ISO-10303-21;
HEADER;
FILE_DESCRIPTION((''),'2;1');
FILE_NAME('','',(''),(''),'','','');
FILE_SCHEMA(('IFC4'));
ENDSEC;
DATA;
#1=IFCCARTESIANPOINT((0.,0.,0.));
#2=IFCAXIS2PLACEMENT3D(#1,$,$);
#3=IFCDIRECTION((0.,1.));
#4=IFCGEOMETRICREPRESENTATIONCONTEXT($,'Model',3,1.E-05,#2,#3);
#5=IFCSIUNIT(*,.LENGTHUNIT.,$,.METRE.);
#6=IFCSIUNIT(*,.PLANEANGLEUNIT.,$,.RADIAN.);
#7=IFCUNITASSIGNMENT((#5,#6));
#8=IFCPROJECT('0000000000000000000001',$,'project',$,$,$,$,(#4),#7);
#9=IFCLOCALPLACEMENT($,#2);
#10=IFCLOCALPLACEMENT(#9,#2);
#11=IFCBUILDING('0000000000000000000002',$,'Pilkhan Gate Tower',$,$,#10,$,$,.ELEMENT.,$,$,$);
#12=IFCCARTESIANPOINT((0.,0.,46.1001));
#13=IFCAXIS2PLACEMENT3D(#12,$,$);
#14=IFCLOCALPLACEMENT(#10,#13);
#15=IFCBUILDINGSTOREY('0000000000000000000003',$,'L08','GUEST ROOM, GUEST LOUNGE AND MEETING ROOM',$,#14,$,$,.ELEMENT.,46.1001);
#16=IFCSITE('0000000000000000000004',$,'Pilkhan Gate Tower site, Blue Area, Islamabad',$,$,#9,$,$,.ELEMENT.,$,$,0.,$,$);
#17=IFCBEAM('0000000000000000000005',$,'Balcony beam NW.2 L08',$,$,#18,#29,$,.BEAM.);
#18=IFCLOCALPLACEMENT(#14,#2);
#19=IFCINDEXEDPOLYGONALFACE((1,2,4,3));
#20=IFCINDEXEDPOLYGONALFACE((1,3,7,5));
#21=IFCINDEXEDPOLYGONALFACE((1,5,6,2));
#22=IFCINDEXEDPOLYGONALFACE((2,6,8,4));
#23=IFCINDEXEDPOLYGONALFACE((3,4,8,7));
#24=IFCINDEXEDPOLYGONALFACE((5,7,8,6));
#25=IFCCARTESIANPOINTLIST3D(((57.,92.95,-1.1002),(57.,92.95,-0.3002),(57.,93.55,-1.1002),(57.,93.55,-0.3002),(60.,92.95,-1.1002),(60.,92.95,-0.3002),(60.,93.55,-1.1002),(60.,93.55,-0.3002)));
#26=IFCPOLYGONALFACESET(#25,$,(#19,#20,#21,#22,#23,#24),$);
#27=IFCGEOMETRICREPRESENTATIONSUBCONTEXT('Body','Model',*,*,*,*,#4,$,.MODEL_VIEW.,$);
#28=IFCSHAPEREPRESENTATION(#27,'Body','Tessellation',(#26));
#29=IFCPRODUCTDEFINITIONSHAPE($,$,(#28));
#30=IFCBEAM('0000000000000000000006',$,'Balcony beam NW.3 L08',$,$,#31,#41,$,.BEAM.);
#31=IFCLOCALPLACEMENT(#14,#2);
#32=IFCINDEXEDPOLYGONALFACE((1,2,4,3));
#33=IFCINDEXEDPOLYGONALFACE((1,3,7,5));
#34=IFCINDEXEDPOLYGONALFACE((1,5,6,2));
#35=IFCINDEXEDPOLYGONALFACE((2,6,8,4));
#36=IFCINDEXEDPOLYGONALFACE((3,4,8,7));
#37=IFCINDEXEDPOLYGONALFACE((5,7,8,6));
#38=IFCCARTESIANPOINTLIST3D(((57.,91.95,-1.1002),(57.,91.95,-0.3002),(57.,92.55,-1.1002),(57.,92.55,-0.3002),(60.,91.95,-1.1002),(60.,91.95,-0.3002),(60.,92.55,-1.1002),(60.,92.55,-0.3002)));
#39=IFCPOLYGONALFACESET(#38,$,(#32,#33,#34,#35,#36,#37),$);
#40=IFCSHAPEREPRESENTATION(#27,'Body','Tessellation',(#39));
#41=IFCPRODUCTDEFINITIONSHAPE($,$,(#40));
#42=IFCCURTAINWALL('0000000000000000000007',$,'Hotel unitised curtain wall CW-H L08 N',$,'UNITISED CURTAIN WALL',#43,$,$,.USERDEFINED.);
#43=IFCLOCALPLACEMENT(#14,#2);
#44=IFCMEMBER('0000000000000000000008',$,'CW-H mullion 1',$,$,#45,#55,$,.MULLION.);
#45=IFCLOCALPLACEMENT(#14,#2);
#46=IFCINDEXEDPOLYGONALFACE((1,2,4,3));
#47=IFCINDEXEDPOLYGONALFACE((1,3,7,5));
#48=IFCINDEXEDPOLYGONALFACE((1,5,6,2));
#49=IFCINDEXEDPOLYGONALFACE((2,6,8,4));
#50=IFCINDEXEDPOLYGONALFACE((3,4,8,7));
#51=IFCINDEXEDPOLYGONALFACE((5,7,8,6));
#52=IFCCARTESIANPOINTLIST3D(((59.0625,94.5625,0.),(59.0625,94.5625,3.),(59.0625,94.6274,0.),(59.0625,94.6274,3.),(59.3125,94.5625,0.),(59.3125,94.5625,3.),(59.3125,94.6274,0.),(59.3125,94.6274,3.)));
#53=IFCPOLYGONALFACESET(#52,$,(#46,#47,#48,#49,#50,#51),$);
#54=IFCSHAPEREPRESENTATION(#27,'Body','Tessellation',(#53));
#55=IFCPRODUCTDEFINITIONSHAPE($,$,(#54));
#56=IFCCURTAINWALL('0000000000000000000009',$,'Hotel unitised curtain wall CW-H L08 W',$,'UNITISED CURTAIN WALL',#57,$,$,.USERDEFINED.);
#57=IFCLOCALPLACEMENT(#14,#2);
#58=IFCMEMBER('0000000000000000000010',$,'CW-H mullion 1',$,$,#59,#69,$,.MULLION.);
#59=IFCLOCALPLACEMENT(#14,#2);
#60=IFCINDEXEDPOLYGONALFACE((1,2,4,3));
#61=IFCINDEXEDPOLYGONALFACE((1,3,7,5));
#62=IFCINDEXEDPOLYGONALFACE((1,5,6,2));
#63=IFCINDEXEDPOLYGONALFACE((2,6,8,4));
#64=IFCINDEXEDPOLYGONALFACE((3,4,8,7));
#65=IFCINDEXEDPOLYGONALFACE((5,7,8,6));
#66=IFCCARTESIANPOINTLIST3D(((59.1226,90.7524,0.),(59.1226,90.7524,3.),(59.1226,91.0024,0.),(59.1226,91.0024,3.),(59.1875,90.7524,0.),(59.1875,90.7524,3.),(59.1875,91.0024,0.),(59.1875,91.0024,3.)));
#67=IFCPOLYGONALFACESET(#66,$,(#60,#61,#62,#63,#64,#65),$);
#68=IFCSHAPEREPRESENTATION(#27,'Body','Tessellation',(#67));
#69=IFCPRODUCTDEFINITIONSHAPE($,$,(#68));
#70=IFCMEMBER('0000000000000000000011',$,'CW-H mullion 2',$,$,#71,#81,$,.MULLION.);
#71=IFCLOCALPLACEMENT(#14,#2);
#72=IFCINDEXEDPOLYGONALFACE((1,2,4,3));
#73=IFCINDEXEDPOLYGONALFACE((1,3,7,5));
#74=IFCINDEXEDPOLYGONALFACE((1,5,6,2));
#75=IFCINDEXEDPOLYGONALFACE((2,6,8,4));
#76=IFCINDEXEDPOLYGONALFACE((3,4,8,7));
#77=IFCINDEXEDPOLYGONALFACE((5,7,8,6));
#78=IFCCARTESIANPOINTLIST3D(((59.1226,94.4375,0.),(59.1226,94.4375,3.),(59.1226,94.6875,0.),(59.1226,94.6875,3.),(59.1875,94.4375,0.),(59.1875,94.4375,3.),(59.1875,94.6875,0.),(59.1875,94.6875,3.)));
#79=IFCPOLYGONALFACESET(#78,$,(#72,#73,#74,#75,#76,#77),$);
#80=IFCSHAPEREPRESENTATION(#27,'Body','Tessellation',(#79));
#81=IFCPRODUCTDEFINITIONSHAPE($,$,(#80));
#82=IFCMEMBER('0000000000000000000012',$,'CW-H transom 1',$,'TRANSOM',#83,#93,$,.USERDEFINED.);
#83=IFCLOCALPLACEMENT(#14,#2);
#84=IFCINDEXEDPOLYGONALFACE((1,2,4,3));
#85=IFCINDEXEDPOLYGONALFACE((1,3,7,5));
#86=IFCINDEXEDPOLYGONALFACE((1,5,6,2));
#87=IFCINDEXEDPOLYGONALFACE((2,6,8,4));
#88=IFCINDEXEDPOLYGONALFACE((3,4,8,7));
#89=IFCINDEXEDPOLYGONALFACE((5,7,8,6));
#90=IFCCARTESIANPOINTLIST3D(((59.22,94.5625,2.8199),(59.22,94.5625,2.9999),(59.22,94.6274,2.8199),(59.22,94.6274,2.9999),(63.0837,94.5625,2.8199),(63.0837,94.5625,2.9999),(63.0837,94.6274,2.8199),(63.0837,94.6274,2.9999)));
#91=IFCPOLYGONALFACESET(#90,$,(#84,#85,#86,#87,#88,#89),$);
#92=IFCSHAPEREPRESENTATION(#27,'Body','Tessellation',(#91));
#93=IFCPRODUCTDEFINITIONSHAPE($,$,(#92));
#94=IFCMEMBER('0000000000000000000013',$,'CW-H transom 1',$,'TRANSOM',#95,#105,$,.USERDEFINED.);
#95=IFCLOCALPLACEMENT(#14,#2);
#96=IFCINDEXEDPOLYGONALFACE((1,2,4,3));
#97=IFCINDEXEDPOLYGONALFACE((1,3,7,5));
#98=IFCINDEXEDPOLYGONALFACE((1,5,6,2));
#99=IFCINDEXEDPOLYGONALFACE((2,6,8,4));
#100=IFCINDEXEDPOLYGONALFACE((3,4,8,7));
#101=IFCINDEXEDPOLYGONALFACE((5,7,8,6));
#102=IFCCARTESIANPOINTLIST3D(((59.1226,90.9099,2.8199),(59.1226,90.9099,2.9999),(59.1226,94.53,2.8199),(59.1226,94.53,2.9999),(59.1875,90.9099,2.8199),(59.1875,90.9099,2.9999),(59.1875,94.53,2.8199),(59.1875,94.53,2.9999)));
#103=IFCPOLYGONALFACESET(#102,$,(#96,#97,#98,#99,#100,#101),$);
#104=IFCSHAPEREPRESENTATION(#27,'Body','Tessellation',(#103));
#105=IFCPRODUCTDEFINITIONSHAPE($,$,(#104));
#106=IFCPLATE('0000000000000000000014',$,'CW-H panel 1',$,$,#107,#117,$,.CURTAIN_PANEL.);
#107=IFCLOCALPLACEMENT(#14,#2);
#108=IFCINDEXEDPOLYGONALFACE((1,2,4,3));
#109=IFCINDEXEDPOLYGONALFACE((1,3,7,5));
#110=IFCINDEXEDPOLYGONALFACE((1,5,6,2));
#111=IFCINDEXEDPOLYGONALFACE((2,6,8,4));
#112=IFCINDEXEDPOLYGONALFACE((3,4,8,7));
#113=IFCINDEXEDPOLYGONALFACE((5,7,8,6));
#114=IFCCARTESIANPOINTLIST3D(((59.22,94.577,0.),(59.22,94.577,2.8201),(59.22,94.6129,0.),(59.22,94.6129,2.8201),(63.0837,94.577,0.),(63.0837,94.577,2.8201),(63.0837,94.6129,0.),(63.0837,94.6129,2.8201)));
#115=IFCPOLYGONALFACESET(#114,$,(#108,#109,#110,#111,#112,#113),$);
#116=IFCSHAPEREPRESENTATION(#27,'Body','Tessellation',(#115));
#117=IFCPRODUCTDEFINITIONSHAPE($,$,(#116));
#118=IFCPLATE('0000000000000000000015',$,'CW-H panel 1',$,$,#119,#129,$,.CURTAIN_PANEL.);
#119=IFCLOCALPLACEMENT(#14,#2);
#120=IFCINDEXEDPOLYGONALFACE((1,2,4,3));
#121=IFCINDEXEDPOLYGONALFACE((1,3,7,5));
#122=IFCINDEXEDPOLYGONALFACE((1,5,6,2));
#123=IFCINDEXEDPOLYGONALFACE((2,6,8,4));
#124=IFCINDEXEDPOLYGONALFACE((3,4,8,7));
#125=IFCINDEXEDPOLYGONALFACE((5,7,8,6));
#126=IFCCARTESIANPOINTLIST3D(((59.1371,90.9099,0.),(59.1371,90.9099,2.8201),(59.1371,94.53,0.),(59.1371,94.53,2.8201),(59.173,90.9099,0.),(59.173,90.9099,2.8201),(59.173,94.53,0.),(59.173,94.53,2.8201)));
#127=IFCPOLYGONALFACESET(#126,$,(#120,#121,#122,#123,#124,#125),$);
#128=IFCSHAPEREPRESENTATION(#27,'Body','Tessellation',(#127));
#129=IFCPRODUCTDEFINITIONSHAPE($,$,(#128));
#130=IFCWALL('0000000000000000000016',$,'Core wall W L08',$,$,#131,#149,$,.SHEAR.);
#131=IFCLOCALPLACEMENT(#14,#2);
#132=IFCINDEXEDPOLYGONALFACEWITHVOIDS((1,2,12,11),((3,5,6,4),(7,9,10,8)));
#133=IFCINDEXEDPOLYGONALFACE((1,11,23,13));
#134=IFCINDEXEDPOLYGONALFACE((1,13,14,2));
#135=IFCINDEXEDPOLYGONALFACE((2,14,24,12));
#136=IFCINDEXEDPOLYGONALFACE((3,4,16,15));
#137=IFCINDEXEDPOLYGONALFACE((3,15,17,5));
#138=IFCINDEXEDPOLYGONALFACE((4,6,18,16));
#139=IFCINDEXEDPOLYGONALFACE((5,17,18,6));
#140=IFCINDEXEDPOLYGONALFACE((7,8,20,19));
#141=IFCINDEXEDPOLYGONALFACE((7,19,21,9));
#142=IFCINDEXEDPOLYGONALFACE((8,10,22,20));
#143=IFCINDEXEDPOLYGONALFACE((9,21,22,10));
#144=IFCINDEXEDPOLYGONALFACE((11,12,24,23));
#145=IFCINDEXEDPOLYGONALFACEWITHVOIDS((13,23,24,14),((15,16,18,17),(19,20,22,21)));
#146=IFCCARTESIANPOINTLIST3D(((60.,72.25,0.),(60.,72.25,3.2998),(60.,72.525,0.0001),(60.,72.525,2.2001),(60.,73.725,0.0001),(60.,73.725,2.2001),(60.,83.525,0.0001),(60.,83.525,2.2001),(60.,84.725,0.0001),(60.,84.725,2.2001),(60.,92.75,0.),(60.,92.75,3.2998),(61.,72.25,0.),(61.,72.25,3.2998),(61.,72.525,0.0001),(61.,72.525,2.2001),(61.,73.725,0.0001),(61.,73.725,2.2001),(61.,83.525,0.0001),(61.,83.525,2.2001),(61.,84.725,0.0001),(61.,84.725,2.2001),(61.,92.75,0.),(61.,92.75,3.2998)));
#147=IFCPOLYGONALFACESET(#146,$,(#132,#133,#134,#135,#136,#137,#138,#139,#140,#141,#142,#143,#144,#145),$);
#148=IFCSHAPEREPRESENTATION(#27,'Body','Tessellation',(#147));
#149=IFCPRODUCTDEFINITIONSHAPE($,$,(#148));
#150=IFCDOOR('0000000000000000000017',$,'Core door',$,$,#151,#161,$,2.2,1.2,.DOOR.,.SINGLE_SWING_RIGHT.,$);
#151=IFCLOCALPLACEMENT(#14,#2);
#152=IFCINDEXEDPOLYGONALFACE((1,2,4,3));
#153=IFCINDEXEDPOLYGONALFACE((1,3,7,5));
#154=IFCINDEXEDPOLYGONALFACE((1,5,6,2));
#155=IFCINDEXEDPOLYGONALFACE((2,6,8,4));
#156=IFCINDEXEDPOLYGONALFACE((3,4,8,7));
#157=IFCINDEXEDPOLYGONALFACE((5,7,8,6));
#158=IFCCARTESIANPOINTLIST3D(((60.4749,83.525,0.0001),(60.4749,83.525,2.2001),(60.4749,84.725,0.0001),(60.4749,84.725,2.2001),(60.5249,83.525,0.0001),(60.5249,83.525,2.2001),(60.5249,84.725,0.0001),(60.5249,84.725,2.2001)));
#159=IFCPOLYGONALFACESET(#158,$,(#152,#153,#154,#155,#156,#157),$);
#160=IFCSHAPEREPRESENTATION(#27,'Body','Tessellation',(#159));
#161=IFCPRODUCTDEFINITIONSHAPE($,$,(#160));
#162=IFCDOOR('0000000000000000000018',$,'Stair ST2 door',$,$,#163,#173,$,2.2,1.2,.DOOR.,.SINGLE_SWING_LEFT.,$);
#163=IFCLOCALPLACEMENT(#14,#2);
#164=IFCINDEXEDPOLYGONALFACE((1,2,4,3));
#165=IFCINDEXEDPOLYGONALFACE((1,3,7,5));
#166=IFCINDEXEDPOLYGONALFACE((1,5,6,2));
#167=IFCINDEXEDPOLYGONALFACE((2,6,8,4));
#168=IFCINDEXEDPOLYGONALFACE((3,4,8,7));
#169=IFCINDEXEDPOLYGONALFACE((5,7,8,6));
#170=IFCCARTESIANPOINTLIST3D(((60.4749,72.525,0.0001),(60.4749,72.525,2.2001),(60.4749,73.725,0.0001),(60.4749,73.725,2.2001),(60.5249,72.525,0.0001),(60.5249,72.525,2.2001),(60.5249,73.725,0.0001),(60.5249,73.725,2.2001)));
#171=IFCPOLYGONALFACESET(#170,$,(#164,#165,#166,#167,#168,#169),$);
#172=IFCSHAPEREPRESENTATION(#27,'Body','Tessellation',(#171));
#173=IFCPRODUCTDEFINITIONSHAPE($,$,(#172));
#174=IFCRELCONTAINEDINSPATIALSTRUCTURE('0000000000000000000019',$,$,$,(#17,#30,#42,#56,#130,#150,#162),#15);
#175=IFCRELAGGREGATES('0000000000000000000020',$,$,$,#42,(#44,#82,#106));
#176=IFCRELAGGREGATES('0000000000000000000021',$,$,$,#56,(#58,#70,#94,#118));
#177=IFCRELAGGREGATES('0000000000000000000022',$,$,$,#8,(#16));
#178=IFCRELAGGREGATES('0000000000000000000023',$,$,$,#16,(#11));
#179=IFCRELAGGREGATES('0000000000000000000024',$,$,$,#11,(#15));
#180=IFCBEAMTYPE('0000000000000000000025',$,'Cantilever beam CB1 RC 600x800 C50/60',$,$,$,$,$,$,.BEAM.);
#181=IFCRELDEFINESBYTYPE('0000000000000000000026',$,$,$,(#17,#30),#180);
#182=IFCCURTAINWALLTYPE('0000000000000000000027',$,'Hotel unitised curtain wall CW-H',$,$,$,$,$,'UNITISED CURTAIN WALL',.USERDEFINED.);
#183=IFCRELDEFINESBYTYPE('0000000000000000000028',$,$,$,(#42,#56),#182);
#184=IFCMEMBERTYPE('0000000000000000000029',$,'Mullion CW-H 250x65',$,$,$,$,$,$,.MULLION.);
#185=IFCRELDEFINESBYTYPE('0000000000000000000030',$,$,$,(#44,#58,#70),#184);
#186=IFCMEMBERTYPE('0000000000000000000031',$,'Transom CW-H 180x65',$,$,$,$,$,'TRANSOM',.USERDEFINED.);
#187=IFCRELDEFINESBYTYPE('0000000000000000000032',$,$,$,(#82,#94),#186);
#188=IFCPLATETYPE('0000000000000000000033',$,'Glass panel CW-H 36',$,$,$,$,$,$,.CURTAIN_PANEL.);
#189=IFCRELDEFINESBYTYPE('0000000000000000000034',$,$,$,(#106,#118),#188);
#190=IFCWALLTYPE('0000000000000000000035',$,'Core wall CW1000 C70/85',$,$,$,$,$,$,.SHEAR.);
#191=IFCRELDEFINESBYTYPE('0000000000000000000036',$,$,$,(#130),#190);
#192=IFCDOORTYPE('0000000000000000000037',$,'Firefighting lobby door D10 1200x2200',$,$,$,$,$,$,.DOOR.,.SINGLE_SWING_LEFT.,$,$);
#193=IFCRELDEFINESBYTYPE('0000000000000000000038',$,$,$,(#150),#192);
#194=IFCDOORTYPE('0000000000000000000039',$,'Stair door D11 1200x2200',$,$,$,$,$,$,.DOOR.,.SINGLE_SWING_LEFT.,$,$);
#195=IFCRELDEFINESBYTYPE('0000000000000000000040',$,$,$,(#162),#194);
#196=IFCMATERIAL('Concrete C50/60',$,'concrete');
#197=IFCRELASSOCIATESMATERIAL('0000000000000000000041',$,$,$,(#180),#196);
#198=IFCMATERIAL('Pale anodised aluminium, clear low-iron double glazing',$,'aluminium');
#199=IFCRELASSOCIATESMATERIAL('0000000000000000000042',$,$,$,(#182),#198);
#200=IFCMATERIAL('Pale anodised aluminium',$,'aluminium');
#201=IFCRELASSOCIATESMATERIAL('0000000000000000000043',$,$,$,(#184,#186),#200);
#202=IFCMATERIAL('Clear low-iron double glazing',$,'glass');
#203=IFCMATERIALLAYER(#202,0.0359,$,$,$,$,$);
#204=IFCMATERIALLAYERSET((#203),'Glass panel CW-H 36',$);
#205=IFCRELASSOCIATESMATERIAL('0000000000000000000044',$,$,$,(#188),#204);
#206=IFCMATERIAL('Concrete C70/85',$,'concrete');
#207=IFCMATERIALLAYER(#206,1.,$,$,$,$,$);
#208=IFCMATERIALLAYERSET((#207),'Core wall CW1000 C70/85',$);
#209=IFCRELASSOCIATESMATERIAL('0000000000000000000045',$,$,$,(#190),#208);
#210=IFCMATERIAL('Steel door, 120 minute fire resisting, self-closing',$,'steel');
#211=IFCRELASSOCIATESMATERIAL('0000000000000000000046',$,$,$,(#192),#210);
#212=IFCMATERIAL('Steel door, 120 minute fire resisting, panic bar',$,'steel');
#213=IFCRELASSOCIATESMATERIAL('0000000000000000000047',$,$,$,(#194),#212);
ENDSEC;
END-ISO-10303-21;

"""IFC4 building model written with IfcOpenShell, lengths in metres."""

from ifc_helpers import new_model, si_unit, direction, frame, frame_2d, origin, origin_2d, place, context, subcontext, project, spatial, rectangle, extrude, material, layer, layer_set, material_profile, profile_set, type_object, element, fill, aggregate, save


model = new_model("IFC4")

# Units and contexts
model_context = context("Model", 3, precision=1e-05, world=origin(), true_north=direction((0.0, 1.0)))
body_context = subcontext(model_context, "Body", "Model", "MODEL_VIEW")
ifc_project = project(units=[si_unit("LENGTHUNIT", "METRE"), si_unit("PLANEANGLEUNIT", "RADIAN")], contexts=[model_context])

# Site, building, storey
site_placement = place(None, origin())
site = spatial("IfcSite", under=ifc_project, at=site_placement, Name="Pilkhan Gate Tower site, Blue Area, Islamabad", CompositionType="ELEMENT", RefElevation=0.0)
building_placement = place(site_placement, origin())
building = spatial("IfcBuilding", under=site, at=building_placement, Name="Pilkhan Gate Tower", CompositionType="ELEMENT")
storey_placement = place(building_placement, frame((0.0, 0.0, 46.1001)))
storey = spatial("IfcBuildingStorey", under=building, at=storey_placement, Name="L08", Description="GUEST ROOM, GUEST LOUNGE AND MEETING ROOM", CompositionType="ELEMENT", Elevation=46.1001)

# Beams
ifc_material_1 = material(Name="Concrete C50/60", Category="concrete")
ifc_material_profile_1 = material_profile(ifc_material_1, rectangle(XDim=0.6001, YDim=0.8, at=origin_2d()), Name="RC 600x800")
ifc_profile_set_1 = profile_set([ifc_material_profile_1], Name="Concrete C50/60")
beam_type = type_object("IfcBeamType", Name="Cantilever beam CB1 RC 600x800 C50/60", PredefinedType="BEAM", material=ifc_profile_set_1)
for number, where, z_axis, x_axis, name in (
    (1, (60.0, 93.25, -0.7002), (-1.0, 0.0, 0.0), (0.0, -1.0, 0.0), "Balcony beam NW.2 L08"),
    (2, (60.0, 92.25, -0.7002), (-1.0, 0.0, 0.0), (0.0, -1.0, 0.0), "Balcony beam NW.3 L08"),
):
    element("IfcBeam", number, at=place(storey_placement, frame(where, z_axis=z_axis, x_axis=x_axis)), inside=storey, type_object=beam_type, Name=name, PredefinedType="BEAM", context=body_context, shape_type="SweptSolid", body=[
        extrude(rectangle(XDim=0.6001, YDim=0.8, at=origin_2d()), origin(), (0.0, 0.0, 1.0), 3.0),
    ])

# Curtain wall, member
ifc_material_2 = material(Name="Pale anodised aluminium, clear low-iron double glazing", Category="aluminium")
curtain_wall_type = type_object("IfcCurtainWallType", Name="Hotel unitised curtain wall CW-H", ElementType="UNITISED CURTAIN WALL", PredefinedType="USERDEFINED", material=ifc_material_2)
curtain_wall_1_placement = place(storey_placement, origin())
curtain_wall_1 = element("IfcCurtainWall", 3, at=curtain_wall_1_placement, inside=storey, type_object=curtain_wall_type, Name="Hotel unitised curtain wall CW-H L08 N", ObjectType="UNITISED CURTAIN WALL", PredefinedType="USERDEFINED")
ifc_material_3 = material(Name="Pale anodised aluminium", Category="aluminium")
ifc_material_profile_2 = material_profile(ifc_material_3, rectangle(XDim=0.0649, YDim=0.25, at=origin_2d()), Name="Mullion 250x65")
ifc_profile_set_2 = profile_set([ifc_material_profile_2], Name="Pale anodised aluminium")
member_type_1 = type_object("IfcMemberType", Name="Mullion CW-H 250x65", PredefinedType="MULLION", material=ifc_profile_set_2)
member_1_placement = place(storey_placement, frame((59.1875, 94.595, 0.0), z_axis=(0.0, 0.0, 1.0), x_axis=(0.0, 1.0, 0.0)))
member_1 = element("IfcMember", 4, at=member_1_placement, type_object=member_type_1, Name="CW-H mullion 1", PredefinedType="MULLION", context=body_context, shape_type="SweptSolid", body=[
    extrude(rectangle(XDim=0.0649, YDim=0.25, at=origin_2d()), origin(), (0.0, 0.0, 1.0), 3.0),
])

# Curtain wall, members
curtain_wall_2_placement = place(storey_placement, origin())
curtain_wall_2 = element("IfcCurtainWall", 5, at=curtain_wall_2_placement, inside=storey, type_object=curtain_wall_type, Name="Hotel unitised curtain wall CW-H L08 W", ObjectType="UNITISED CURTAIN WALL", PredefinedType="USERDEFINED")
member_2_placement = place(storey_placement, frame((59.155, 90.8774, 0.0), z_axis=(0.0, 0.0, 1.0), x_axis=(-1.0, 0.0, 0.0)))
member_2 = element("IfcMember", 6, at=member_2_placement, type_object=member_type_1, Name="CW-H mullion 1", PredefinedType="MULLION", context=body_context, shape_type="SweptSolid", body=[
    extrude(rectangle(XDim=0.0649, YDim=0.25, at=origin_2d()), origin(), (0.0, 0.0, 1.0), 3.0),
])
member_3_placement = place(storey_placement, frame((59.155, 94.5625, 0.0), z_axis=(0.0, 0.0, 1.0), x_axis=(-1.0, 0.0, 0.0)))
member_3 = element("IfcMember", 7, at=member_3_placement, type_object=member_type_1, Name="CW-H mullion 2", PredefinedType="MULLION", context=body_context, shape_type="SweptSolid", body=[
    extrude(rectangle(XDim=0.0649, YDim=0.25, at=origin_2d()), origin(), (0.0, 0.0, 1.0), 3.0),
])

# Members
ifc_material_profile_3 = material_profile(ifc_material_3, rectangle(XDim=0.0649, YDim=0.1799, at=origin_2d()), Name="Transom 180x65")
ifc_profile_set_3 = profile_set([ifc_material_profile_3], Name="Pale anodised aluminium")
member_type_2 = type_object("IfcMemberType", Name="Transom CW-H 180x65", ElementType="TRANSOM", PredefinedType="USERDEFINED", material=ifc_profile_set_3)
member_4_placement = place(storey_placement, frame((59.22, 94.595, 2.9099), z_axis=(1.0, 0.0, 0.0), x_axis=(0.0, 1.0, 0.0)))
member_4 = element("IfcMember", 8, at=member_4_placement, type_object=member_type_2, Name="CW-H transom 1", ObjectType="TRANSOM", PredefinedType="USERDEFINED", context=body_context, shape_type="SweptSolid", body=[
    extrude(rectangle(XDim=0.0649, YDim=0.1799, at=origin_2d()), origin(), (0.0, 0.0, 1.0), 3.8638),
])
member_5_placement = place(storey_placement, frame((59.155, 90.9099, 2.9099), z_axis=(0.0, 1.0, 0.0), x_axis=(-1.0, 0.0, 0.0)))
member_5 = element("IfcMember", 9, at=member_5_placement, type_object=member_type_2, Name="CW-H transom 1", ObjectType="TRANSOM", PredefinedType="USERDEFINED", context=body_context, shape_type="SweptSolid", body=[
    extrude(rectangle(XDim=0.0649, YDim=0.1799, at=origin_2d()), origin(), (0.0, 0.0, 1.0), 3.6201),
])

# Plates
ifc_material_4 = material(Name="Clear low-iron double glazing", Category="glass")
ifc_layer_1 = layer(ifc_material_4, 0.0359)
ifc_layer_set_1 = layer_set([ifc_layer_1], Name="Glass panel CW-H 36")
plate_type = type_object("IfcPlateType", Name="Glass panel CW-H 36", PredefinedType="CURTAIN_PANEL", material=ifc_layer_set_1)
plate_1_placement = place(storey_placement, frame((61.1519, 94.595, 0.0), z_axis=(0.0, 0.0, 1.0), x_axis=(1.0, 0.0, 0.0)))
plate_1 = element("IfcPlate", 10, at=plate_1_placement, type_object=plate_type, Name="CW-H panel 1", PredefinedType="CURTAIN_PANEL", context=body_context, shape_type="SweptSolid", body=[
    extrude(rectangle(XDim=3.8638, YDim=0.0359, at=origin_2d()), origin(), (0.0, 0.0, 1.0), 2.8201),
])
aggregate(curtain_wall_1, [member_1, member_4, plate_1])
plate_2_placement = place(storey_placement, frame((59.155, 92.72, 0.0), z_axis=(0.0, 0.0, 1.0), x_axis=(0.0, 1.0, 0.0)))
plate_2 = element("IfcPlate", 11, at=plate_2_placement, type_object=plate_type, Name="CW-H panel 1", PredefinedType="CURTAIN_PANEL", context=body_context, shape_type="SweptSolid", body=[
    extrude(rectangle(XDim=3.6201, YDim=0.0359, at=origin_2d()), origin(), (0.0, 0.0, 1.0), 2.8201),
])
aggregate(curtain_wall_2, [member_2, member_3, member_5, plate_2])

# Wall, openings, doors
ifc_material_5 = material(Name="Concrete C70/85", Category="concrete")
ifc_layer_2 = layer(ifc_material_5, 1.0)
ifc_layer_set_2 = layer_set([ifc_layer_2], Name="Core wall CW1000 C70/85")
wall_type_1 = type_object("IfcWallType", Name="Core wall CW1000 C70/85", PredefinedType="SHEAR", material=ifc_layer_set_2)
wall_1_placement = place(storey_placement, frame((60.5, 92.75, 0.0), z_axis=(0.0, 0.0, 1.0), x_axis=(0.0, -1.0, 0.0)))
wall_1 = element("IfcWall", 12, at=wall_1_placement, inside=storey, type_object=wall_type_1, Name="Core wall W L08", PredefinedType="SHEAR", context=body_context, shape_type="SweptSolid", body=[
    extrude(rectangle(XDim=20.5, YDim=1.0, at=frame_2d((10.25, 0.0))), origin(), (0.0, 0.0, 1.0), 3.2998),
])
opening_1_placement = place(wall_1_placement, frame((19.0249, 0.0, 0.0)))
opening_1 = element("IfcOpeningElement", 13, at=opening_1_placement, cuts=wall_1, PredefinedType="OPENING", context=body_context, shape_type="SweptSolid", body=[
    extrude(rectangle(XDim=1.2, YDim=2.2, at=frame_2d((0.6001, 1.1001))), frame((0.0, 0.51, 0.0), z_axis=(0.0, -1.0, 0.0), x_axis=(1.0, 0.0, 0.0)), (0.0, 0.0, 1.0), 1.02),
])
opening_2_placement = place(wall_1_placement, frame((8.0249, 0.0, 0.0)))
opening_2 = element("IfcOpeningElement", 14, at=opening_2_placement, cuts=wall_1, PredefinedType="OPENING", context=body_context, shape_type="SweptSolid", body=[
    extrude(rectangle(XDim=1.2, YDim=2.2, at=frame_2d((0.6001, 1.1001))), frame((0.0, 0.51, 0.0), z_axis=(0.0, -1.0, 0.0), x_axis=(1.0, 0.0, 0.0)), (0.0, 0.0, 1.0), 1.02),
])
ifc_material_6 = material(Name="Steel door, 120 minute fire resisting, self-closing", Category="steel")
door_type_1 = type_object("IfcDoorType", Name="Firefighting lobby door D10 1200x2200", OperationType="SINGLE_SWING_LEFT", PredefinedType="DOOR", material=ifc_material_6)
door_1_placement = place(opening_2_placement, origin())
door_1 = element("IfcDoor", 15, at=door_1_placement, inside=storey, type_object=door_type_1, Name="Core door", OperationType="SINGLE_SWING_RIGHT", OverallHeight=2.2, OverallWidth=1.2, PredefinedType="DOOR", context=body_context, shape_type="SweptSolid", body=[
    extrude(rectangle(XDim=1.2, YDim=2.2, at=frame_2d((0.6001, 1.1001))), frame((0.0, 0.0249, 0.0), z_axis=(0.0, -1.0, 0.0), x_axis=(1.0, 0.0, 0.0)), (0.0, 0.0, 1.0), 0.05),
])
fill(opening_2, door_1)
ifc_material_7 = material(Name="Steel door, 120 minute fire resisting, panic bar", Category="steel")
door_type_2 = type_object("IfcDoorType", Name="Stair door D11 1200x2200", OperationType="SINGLE_SWING_LEFT", PredefinedType="DOOR", material=ifc_material_7)
door_2_placement = place(opening_1_placement, origin())
door_2 = element("IfcDoor", 16, at=door_2_placement, inside=storey, type_object=door_type_2, Name="Stair ST2 door", OperationType="SINGLE_SWING_LEFT", OverallHeight=2.2, OverallWidth=1.2, PredefinedType="DOOR", context=body_context, shape_type="SweptSolid", body=[
    extrude(rectangle(XDim=1.2, YDim=2.2, at=frame_2d((0.6001, 1.1001))), frame((0.0, 0.0249, 0.0), z_axis=(0.0, -1.0, 0.0), x_axis=(1.0, 0.0, 0.0)), (0.0, 0.0, 1.0), 0.05),
])
fill(opening_1, door_2)

save(model, "model.ifc")
